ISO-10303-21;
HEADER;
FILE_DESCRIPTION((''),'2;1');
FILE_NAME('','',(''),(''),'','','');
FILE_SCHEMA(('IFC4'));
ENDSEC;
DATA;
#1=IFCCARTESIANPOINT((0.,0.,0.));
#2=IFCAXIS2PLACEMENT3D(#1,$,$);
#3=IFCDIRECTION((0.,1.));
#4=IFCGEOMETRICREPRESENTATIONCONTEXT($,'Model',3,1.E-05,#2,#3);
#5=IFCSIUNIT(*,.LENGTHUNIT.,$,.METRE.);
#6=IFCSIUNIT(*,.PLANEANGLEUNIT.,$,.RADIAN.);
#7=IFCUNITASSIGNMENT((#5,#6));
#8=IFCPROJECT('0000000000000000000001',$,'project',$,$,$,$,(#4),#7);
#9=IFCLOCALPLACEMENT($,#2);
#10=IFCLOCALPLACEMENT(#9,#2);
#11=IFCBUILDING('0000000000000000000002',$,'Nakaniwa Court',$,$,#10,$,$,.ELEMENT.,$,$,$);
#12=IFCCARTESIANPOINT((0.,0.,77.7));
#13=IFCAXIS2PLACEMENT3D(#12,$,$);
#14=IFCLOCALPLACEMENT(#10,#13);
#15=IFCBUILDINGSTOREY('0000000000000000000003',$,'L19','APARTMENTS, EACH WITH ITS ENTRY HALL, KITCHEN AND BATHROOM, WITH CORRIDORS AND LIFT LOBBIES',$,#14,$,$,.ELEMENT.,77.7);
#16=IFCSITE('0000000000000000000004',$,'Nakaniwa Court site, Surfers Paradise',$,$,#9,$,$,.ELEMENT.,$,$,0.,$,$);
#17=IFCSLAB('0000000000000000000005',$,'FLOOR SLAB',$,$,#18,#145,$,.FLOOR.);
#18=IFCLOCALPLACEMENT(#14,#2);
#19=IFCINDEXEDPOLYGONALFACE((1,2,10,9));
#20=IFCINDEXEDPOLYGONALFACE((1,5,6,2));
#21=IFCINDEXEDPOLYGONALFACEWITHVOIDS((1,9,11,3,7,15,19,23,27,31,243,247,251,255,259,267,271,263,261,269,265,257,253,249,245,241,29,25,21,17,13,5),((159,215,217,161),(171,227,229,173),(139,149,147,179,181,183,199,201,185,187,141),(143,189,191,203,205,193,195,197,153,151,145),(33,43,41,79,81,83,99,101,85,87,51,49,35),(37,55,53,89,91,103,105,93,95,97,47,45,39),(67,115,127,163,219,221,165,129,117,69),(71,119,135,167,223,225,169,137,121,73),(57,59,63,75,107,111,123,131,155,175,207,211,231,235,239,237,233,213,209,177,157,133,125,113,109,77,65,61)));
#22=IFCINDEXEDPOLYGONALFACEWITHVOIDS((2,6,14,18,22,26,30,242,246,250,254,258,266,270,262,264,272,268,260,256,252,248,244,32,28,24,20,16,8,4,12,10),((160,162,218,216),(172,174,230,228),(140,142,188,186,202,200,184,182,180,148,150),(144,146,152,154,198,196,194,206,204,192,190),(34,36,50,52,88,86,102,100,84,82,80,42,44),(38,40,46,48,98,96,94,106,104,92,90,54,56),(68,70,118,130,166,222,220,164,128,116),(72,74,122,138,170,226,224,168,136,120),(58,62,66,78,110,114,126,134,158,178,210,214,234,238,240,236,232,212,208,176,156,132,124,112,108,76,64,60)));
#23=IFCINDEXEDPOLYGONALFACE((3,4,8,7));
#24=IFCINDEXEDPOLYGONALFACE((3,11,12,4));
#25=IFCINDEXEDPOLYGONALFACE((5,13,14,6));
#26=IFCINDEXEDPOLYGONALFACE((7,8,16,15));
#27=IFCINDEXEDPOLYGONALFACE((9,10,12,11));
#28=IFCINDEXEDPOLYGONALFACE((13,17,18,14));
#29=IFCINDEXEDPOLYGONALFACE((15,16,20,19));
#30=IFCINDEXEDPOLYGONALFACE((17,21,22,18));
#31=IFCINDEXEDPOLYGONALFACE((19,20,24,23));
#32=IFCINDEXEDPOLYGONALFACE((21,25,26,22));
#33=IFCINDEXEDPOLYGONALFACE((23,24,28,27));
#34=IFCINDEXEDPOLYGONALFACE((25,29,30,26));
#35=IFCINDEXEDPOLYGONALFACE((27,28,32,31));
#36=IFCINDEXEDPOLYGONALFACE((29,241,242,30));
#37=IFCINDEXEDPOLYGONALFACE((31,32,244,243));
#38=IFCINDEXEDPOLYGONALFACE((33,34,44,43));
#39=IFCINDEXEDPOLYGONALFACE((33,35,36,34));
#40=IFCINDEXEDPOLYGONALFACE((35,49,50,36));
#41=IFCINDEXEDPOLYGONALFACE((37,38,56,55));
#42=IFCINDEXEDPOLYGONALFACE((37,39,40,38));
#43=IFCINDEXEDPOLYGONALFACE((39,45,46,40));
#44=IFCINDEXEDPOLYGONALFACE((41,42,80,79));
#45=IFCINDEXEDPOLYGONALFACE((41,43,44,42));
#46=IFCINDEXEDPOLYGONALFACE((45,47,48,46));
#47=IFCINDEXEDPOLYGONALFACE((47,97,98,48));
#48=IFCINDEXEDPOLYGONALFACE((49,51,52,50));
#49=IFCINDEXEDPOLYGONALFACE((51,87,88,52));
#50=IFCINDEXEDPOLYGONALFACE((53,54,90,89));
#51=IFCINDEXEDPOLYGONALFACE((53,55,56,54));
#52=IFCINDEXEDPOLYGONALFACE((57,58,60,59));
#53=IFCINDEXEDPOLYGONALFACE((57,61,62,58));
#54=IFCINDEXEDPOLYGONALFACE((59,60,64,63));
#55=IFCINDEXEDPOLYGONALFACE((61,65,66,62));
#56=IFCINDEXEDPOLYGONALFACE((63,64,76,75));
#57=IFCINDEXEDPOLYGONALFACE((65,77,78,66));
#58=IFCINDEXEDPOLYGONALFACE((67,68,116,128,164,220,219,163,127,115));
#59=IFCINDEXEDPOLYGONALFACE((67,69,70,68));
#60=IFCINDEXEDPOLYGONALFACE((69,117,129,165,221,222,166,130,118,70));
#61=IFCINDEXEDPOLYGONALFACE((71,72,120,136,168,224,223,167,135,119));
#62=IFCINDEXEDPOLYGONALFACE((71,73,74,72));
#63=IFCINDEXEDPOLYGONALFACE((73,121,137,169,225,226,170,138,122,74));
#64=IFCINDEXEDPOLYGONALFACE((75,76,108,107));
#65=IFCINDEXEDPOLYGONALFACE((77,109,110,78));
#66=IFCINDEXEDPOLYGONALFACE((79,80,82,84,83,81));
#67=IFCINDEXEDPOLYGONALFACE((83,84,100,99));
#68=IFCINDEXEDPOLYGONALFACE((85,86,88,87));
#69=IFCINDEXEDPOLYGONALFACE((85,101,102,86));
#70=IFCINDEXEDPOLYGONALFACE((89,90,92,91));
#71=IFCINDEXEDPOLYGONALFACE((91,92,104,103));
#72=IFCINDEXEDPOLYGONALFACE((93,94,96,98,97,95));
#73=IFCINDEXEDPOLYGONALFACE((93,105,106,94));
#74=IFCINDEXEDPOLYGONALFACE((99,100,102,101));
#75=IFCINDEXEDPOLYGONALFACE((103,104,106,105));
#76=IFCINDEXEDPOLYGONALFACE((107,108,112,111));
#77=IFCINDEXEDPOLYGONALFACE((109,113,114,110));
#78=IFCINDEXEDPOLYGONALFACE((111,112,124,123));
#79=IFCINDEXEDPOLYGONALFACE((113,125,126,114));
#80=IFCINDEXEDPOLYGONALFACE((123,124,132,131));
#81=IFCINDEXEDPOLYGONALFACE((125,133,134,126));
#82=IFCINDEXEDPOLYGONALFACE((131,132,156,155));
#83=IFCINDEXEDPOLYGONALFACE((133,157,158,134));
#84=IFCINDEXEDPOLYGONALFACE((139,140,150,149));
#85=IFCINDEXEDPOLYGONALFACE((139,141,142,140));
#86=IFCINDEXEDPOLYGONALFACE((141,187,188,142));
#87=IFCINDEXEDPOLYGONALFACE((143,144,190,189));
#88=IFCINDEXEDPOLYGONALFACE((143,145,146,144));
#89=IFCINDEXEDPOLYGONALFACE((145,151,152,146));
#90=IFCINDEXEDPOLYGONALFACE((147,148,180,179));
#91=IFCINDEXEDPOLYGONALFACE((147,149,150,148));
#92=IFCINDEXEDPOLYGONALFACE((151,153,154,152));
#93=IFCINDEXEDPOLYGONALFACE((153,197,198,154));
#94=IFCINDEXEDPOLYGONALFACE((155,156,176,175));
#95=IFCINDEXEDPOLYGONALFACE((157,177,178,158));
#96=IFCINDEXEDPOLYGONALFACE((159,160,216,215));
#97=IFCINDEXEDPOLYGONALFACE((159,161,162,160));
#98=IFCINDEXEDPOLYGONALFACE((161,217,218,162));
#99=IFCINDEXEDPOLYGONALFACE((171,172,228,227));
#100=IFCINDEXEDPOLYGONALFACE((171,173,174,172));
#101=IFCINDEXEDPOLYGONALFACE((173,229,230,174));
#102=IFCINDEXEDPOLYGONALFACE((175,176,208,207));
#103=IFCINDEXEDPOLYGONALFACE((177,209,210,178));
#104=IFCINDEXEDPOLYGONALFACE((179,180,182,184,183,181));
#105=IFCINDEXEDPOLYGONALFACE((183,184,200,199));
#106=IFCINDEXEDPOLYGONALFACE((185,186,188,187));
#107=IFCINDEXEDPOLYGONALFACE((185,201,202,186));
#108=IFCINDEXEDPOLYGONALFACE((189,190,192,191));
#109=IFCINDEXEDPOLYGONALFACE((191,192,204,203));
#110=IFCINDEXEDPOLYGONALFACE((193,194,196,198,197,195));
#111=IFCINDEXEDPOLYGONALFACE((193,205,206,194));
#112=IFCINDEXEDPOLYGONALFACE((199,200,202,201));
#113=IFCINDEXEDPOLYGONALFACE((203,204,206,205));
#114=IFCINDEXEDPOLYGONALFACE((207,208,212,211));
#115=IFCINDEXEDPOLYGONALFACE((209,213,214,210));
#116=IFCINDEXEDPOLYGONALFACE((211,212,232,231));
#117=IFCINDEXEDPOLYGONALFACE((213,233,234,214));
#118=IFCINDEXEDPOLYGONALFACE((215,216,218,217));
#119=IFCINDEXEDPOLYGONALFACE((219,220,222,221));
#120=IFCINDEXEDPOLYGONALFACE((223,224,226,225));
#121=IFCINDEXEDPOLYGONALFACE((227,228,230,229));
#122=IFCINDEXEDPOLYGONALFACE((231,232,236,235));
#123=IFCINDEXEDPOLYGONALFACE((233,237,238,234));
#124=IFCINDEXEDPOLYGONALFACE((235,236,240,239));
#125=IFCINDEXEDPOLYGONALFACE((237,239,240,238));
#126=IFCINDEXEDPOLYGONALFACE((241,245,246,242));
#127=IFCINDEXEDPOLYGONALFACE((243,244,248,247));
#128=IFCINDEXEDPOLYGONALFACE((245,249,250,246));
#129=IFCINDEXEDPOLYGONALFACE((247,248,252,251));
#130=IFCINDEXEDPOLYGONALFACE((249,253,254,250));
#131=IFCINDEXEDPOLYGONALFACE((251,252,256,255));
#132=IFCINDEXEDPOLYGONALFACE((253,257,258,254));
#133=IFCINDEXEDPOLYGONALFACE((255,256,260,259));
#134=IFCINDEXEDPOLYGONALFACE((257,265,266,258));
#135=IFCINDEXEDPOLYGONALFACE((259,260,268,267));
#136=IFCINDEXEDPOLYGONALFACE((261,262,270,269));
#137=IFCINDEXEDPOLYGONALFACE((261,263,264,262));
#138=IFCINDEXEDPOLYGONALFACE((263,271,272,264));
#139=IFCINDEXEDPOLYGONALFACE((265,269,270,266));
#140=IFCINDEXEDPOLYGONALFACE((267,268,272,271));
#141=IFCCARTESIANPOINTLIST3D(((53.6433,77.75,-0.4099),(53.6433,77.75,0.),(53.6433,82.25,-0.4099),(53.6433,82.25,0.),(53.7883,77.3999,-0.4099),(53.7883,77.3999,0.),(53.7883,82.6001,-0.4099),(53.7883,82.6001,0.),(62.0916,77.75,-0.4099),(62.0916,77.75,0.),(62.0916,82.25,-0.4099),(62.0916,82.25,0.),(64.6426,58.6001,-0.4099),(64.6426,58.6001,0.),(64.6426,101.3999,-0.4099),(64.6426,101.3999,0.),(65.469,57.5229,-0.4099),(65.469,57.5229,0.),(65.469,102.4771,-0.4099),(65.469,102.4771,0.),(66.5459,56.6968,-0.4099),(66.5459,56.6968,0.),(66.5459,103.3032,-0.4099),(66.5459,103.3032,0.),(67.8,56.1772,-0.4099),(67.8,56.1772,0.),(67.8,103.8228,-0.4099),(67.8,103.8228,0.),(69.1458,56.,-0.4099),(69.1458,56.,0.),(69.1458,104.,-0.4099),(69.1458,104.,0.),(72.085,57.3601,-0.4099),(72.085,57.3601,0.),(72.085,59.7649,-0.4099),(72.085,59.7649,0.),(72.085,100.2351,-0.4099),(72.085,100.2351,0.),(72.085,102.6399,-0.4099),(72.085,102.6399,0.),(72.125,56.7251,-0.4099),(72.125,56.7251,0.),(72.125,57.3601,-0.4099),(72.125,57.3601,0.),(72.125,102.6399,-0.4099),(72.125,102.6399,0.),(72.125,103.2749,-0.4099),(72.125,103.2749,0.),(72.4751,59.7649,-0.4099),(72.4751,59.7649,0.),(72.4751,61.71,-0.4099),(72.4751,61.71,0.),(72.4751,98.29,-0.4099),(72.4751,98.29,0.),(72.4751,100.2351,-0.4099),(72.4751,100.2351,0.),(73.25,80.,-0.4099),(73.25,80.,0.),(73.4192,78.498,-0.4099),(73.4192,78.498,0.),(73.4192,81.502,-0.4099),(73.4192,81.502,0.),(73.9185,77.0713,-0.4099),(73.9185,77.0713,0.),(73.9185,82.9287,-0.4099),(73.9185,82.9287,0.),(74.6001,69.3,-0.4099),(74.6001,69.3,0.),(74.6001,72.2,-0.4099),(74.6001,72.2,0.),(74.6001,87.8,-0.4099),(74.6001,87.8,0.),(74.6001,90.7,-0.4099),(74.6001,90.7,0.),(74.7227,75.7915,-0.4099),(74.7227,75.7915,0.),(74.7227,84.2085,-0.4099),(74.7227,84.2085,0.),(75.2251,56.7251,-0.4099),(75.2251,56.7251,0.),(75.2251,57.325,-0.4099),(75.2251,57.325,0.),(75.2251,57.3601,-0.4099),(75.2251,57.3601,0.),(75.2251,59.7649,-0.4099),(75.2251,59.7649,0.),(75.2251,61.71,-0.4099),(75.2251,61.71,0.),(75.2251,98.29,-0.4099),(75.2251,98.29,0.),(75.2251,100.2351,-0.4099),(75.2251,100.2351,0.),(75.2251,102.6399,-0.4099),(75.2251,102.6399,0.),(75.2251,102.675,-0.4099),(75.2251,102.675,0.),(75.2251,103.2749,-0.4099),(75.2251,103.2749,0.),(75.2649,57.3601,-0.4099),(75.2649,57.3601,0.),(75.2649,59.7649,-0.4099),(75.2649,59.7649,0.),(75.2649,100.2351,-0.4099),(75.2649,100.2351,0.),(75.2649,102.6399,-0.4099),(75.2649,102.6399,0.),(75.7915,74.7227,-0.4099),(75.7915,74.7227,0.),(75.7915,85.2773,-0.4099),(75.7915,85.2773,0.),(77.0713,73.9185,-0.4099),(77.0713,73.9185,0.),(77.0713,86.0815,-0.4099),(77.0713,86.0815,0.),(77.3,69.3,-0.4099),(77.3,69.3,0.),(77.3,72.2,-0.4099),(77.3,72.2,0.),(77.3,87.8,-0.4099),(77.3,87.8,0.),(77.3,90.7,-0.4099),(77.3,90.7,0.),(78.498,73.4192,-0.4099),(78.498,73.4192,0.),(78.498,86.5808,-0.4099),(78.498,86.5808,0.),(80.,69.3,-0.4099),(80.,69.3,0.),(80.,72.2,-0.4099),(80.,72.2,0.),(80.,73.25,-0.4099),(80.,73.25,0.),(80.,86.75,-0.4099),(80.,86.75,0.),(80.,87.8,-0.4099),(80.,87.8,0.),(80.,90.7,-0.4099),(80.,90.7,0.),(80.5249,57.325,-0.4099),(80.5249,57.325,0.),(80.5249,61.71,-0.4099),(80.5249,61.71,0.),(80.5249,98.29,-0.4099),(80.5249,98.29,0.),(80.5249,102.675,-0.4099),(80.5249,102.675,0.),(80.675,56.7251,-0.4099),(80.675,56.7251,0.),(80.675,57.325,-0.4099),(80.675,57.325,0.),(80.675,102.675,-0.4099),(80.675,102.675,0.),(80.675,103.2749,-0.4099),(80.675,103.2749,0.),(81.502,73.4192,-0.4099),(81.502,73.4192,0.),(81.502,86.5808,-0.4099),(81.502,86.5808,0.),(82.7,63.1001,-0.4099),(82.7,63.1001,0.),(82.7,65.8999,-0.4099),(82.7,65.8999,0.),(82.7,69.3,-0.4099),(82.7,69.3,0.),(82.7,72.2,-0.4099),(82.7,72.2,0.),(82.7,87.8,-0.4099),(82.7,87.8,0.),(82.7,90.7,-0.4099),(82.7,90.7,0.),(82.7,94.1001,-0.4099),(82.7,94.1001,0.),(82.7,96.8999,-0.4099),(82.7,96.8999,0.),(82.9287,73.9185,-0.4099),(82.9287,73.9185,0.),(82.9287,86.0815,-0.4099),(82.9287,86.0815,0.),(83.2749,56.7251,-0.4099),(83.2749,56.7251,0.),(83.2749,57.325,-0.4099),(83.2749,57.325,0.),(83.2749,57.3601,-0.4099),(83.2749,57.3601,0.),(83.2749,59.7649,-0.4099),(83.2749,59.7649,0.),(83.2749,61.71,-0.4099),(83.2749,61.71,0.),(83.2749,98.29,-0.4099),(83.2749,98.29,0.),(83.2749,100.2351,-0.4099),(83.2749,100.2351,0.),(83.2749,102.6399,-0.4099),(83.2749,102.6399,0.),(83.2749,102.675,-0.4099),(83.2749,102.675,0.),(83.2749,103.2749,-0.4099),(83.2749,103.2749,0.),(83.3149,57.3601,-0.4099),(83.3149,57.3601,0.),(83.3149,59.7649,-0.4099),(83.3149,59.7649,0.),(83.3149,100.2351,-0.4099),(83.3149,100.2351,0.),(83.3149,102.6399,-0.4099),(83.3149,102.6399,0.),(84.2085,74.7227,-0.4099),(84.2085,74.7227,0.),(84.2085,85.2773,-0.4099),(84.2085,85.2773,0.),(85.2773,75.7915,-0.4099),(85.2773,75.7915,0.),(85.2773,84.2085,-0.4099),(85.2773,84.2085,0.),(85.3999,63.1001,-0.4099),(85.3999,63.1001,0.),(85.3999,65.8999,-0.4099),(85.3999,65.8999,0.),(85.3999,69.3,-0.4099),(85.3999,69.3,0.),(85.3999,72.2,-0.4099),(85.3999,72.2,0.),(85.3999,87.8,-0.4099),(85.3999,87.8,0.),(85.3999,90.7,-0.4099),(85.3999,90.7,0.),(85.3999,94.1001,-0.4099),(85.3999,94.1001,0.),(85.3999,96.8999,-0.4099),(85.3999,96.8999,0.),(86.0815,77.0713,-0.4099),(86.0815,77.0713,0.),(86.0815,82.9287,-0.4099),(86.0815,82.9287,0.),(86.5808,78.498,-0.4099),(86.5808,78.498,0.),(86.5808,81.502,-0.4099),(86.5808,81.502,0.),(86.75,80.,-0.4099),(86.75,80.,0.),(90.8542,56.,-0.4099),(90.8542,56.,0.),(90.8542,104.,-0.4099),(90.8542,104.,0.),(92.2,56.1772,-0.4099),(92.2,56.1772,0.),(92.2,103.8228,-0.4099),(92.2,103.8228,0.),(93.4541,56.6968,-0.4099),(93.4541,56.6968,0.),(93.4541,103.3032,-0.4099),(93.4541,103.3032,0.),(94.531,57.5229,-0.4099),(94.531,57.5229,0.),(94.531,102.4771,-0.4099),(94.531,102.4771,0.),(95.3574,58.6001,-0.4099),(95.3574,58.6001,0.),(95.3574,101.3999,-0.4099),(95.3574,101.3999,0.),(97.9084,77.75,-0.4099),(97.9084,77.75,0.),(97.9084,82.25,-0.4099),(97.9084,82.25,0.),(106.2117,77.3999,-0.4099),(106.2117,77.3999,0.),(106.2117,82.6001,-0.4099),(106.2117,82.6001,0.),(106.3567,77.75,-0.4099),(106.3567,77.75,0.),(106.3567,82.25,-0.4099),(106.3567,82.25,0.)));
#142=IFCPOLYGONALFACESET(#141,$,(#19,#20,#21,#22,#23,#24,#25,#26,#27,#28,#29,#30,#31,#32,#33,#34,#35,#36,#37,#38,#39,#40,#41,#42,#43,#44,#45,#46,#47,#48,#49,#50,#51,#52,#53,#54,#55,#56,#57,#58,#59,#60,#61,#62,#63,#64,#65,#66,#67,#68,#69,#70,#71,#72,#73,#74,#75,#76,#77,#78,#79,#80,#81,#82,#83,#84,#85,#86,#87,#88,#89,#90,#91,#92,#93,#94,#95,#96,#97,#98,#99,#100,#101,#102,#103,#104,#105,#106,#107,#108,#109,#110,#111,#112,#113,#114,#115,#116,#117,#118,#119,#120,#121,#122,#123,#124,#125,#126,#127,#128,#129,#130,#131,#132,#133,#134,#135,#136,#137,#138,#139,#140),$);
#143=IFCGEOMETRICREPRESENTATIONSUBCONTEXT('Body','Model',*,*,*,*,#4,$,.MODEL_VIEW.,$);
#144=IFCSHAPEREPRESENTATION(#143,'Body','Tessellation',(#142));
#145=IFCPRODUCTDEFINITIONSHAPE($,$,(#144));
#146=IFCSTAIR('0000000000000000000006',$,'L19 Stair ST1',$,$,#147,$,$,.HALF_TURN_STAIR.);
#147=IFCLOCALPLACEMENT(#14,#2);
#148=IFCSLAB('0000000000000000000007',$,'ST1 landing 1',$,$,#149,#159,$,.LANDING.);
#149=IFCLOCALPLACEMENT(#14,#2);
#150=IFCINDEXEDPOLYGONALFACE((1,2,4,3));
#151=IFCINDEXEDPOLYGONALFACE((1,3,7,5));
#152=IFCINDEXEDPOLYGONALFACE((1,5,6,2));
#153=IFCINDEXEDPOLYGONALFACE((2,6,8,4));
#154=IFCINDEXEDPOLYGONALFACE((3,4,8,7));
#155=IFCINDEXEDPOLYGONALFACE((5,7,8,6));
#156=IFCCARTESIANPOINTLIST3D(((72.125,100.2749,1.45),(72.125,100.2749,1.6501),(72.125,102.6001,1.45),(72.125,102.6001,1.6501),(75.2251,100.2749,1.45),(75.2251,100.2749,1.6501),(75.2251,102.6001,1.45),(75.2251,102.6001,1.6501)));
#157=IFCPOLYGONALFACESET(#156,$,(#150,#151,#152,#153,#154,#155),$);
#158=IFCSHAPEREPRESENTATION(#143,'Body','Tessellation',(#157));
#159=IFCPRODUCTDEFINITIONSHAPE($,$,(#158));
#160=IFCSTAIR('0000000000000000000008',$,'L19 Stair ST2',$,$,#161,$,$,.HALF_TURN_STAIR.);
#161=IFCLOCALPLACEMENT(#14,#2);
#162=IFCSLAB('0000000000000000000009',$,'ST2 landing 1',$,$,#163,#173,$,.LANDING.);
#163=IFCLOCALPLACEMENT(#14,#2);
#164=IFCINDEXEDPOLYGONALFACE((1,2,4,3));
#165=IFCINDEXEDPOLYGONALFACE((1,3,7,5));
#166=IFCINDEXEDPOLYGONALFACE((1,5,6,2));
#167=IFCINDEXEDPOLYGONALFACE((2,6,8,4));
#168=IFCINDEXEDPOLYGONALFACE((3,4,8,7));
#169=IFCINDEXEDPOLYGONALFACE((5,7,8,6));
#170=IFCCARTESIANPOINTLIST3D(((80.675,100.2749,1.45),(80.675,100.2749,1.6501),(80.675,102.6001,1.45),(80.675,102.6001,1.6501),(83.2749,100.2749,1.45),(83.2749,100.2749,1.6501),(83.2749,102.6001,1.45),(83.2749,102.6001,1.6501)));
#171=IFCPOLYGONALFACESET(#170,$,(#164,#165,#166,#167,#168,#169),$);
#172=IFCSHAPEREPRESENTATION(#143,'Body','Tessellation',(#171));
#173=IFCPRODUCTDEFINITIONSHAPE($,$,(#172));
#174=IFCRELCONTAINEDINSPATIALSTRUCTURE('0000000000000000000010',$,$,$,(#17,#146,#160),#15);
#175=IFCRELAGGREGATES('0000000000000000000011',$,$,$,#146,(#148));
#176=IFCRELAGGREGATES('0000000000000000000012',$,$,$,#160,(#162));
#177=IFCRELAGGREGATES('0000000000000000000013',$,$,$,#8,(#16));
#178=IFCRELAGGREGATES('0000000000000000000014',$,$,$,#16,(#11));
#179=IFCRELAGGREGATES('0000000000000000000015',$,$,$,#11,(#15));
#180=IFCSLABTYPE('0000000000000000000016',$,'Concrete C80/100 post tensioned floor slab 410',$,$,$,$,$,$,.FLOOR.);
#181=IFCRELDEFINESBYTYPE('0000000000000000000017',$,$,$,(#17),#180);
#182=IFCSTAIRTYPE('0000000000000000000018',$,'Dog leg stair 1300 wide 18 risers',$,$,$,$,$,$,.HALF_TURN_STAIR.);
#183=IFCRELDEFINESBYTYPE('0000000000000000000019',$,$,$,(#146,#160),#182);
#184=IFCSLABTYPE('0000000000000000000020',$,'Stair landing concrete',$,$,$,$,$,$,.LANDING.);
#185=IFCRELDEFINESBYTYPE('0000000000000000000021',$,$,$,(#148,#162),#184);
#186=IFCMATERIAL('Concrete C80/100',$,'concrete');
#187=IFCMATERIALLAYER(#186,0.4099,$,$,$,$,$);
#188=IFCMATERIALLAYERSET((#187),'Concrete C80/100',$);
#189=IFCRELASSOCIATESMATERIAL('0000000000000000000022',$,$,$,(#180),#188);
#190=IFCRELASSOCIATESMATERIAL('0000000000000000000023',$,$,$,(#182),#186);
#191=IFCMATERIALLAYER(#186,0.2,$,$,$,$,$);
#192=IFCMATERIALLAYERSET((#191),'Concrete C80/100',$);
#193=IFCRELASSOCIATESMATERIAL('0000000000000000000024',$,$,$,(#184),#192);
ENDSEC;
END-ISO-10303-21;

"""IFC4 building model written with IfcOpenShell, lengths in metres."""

from ifc_helpers import new_model, si_unit, direction, frame, origin, place, context, subcontext, project, spatial, polyline, outline, extrude, material, layer, layer_set, type_object, element, aggregate, save


model = new_model("IFC4")

# Units and contexts
model_context = context("Model", 3, precision=1e-05, world=origin(), true_north=direction((0.0, 1.0)))
body_context = subcontext(model_context, "Body", "Model", "MODEL_VIEW")
ifc_project = project(units=[si_unit("LENGTHUNIT", "METRE"), si_unit("PLANEANGLEUNIT", "RADIAN")], contexts=[model_context])

# Site, building, storey
site_placement = place(None, origin())
site = spatial("IfcSite", under=ifc_project, at=site_placement, Name="Nakaniwa Court site, Surfers Paradise", CompositionType="ELEMENT", RefElevation=0.0)
building_placement = place(site_placement, origin())
building = spatial("IfcBuilding", under=site, at=building_placement, Name="Nakaniwa Court", CompositionType="ELEMENT")
storey_placement = place(building_placement, frame((0.0, 0.0, 77.7)))
storey = spatial("IfcBuildingStorey", under=building, at=storey_placement, Name="L19", Description="APARTMENTS, EACH WITH ITS ENTRY HALL, KITCHEN AND BATHROOM, WITH CORRIDORS AND LIFT LOBBIES", CompositionType="ELEMENT", Elevation=77.7)

# Shared definitions
ifc_material_1 = material(Name="Concrete C80/100", Category="concrete")

# Slab
ifc_layer_1 = layer(ifc_material_1, 0.4099)
ifc_layer_set_1 = layer_set([ifc_layer_1], Name="Concrete C80/100")
slab_type_1 = type_object("IfcSlabType", Name="Concrete C80/100 post tensioned floor slab 410", PredefinedType="FLOOR", material=ifc_layer_set_1)
slab_1_placement = place(storey_placement, frame((0.0, 0.0, -0.4099)))
element("IfcSlab", 1, at=slab_1_placement, inside=storey, type_object=slab_type_1, Name="FLOOR SLAB", PredefinedType="FLOOR", context=body_context, shape_type="SweptSolid", body=[
    extrude(outline(polyline([(97.9084, 82.25), (106.3567, 82.25), (106.2117, 82.6001), (95.3574, 101.3999), (94.531, 102.4771), (93.4541, 103.3032), (92.2, 103.8228), (90.8542, 104.0), (69.1458, 104.0), (67.8, 103.8228), (66.5459, 103.3032), (65.469, 102.4771), (64.6426, 101.3999), (53.7883, 82.6001), (53.6433, 82.25), (62.0916, 82.25), (62.0916, 77.75), (53.6433, 77.75), (53.7883, 77.3999), (64.6426, 58.6001), (65.469, 57.5229), (66.5459, 56.6968), (67.8, 56.1772), (69.1458, 56.0), (90.8542, 56.0), (92.2, 56.1772), (93.4541, 56.6968), (94.531, 57.5229), (95.3574, 58.6001), (106.2117, 77.3999), (106.3567, 77.75), (97.9084, 77.75), (97.9084, 82.25)]), holes=[polyline([(81.502, 86.5808), (80.0, 86.75), (78.498, 86.5808), (77.0713, 86.0815), (75.7915, 85.2773), (74.7227, 84.2085), (73.9185, 82.9287), (73.4192, 81.502), (73.25, 80.0), (73.4192, 78.498), (73.9185, 77.0713), (74.7227, 75.7915), (75.7915, 74.7227), (77.0713, 73.9185), (78.498, 73.4192), (80.0, 73.25), (81.502, 73.4192), (82.9287, 73.9185), (84.2085, 74.7227), (85.2773, 75.7915), (86.0815, 77.0713), (86.5808, 78.498), (86.75, 80.0), (86.5808, 81.502), (86.0815, 82.9287), (85.2773, 84.2085), (84.2085, 85.2773), (82.9287, 86.0815), (81.502, 86.5808)]), polyline([(75.2649, 57.3601), (75.2649, 59.7649), (75.2251, 59.7649), (75.2251, 61.71), (72.4751, 61.71), (72.4751, 59.7649), (72.085, 59.7649), (72.085, 57.3601), (72.125, 57.3601), (72.125, 56.7251), (75.2251, 56.7251), (75.2251, 57.325), (75.2251, 57.3601), (75.2649, 57.3601)]), polyline([(80.0, 69.3), (82.7, 69.3), (85.3999, 69.3), (85.3999, 72.2), (82.7, 72.2), (80.0, 72.2), (77.3, 72.2), (74.6001, 72.2), (74.6001, 69.3), (77.3, 69.3), (80.0, 69.3)]), polyline([(80.0, 87.8), (82.7, 87.8), (85.3999, 87.8), (85.3999, 90.7), (82.7, 90.7), (80.0, 90.7), (77.3, 90.7), (74.6001, 90.7), (74.6001, 87.8), (77.3, 87.8), (80.0, 87.8)]), polyline([(75.2649, 100.2351), (75.2649, 102.6399), (75.2251, 102.6399), (75.2251, 102.675), (75.2251, 103.2749), (72.125, 103.2749), (72.125, 102.6399), (72.085, 102.6399), (72.085, 100.2351), (72.4751, 100.2351), (72.4751, 98.29), (75.2251, 98.29), (75.2251, 100.2351), (75.2649, 100.2351)]), polyline([(83.2749, 61.71), (80.5249, 61.71), (80.5249, 57.325), (80.675, 57.325), (80.675, 56.7251), (83.2749, 56.7251), (83.2749, 57.325), (83.2749, 57.3601), (83.3149, 57.3601), (83.3149, 59.7649), (83.2749, 59.7649), (83.2749, 61.71)]), polyline([(85.3999, 65.8999), (82.7, 65.8999), (82.7, 63.1001), (85.3999, 63.1001), (85.3999, 65.8999)]), polyline([(85.3999, 96.8999), (82.7, 96.8999), (82.7, 94.1001), (85.3999, 94.1001), (85.3999, 96.8999)]), polyline([(83.2749, 100.2351), (83.3149, 100.2351), (83.3149, 102.6399), (83.2749, 102.6399), (83.2749, 102.675), (83.2749, 103.2749), (80.675, 103.2749), (80.675, 102.675), (80.5249, 102.675), (80.5249, 98.29), (83.2749, 98.29), (83.2749, 100.2351)])]), origin(), (0.0, 0.0, 1.0), 0.4099),
])

# Stairs, slabs
stair_type = type_object("IfcStairType", Name="Dog leg stair 1300 wide 18 risers", PredefinedType="HALF_TURN_STAIR", material=ifc_material_1)
stair_1_placement = place(storey_placement, origin())
stair_1 = element("IfcStair", 2, at=stair_1_placement, inside=storey, type_object=stair_type, Name="L19 Stair ST1", PredefinedType="HALF_TURN_STAIR")
ifc_layer_2 = layer(ifc_material_1, 0.2)
ifc_layer_set_2 = layer_set([ifc_layer_2], Name="Concrete C80/100")
slab_type_2 = type_object("IfcSlabType", Name="Stair landing concrete", PredefinedType="LANDING", material=ifc_layer_set_2)
slab_2_placement = place(storey_placement, frame((0.0, 0.0, 1.45)))
slab_2 = element("IfcSlab", 3, at=slab_2_placement, type_object=slab_type_2, Name="ST1 landing 1", PredefinedType="LANDING", context=body_context, shape_type="SweptSolid", body=[
    extrude(outline(polyline([(75.2251, 100.2749), (75.2251, 102.6001), (72.125, 102.6001), (72.125, 100.2749), (75.2251, 100.2749)])), origin(), (0.0, 0.0, 1.0), 0.2002),
])
aggregate(stair_1, [slab_2])
stair_2_placement = place(storey_placement, origin())
stair_2 = element("IfcStair", 4, at=stair_2_placement, inside=storey, type_object=stair_type, Name="L19 Stair ST2", PredefinedType="HALF_TURN_STAIR")
slab_3_placement = place(storey_placement, frame((0.0, 0.0, 1.45)))
slab_3 = element("IfcSlab", 5, at=slab_3_placement, type_object=slab_type_2, Name="ST2 landing 1", PredefinedType="LANDING", context=body_context, shape_type="SweptSolid", body=[
    extrude(outline(polyline([(83.2749, 100.2749), (83.2749, 102.6001), (80.675, 102.6001), (80.675, 100.2749), (83.2749, 100.2749)])), origin(), (0.0, 0.0, 1.0), 0.2002),
])
aggregate(stair_2, [slab_3])

save(model, "model.ifc")
